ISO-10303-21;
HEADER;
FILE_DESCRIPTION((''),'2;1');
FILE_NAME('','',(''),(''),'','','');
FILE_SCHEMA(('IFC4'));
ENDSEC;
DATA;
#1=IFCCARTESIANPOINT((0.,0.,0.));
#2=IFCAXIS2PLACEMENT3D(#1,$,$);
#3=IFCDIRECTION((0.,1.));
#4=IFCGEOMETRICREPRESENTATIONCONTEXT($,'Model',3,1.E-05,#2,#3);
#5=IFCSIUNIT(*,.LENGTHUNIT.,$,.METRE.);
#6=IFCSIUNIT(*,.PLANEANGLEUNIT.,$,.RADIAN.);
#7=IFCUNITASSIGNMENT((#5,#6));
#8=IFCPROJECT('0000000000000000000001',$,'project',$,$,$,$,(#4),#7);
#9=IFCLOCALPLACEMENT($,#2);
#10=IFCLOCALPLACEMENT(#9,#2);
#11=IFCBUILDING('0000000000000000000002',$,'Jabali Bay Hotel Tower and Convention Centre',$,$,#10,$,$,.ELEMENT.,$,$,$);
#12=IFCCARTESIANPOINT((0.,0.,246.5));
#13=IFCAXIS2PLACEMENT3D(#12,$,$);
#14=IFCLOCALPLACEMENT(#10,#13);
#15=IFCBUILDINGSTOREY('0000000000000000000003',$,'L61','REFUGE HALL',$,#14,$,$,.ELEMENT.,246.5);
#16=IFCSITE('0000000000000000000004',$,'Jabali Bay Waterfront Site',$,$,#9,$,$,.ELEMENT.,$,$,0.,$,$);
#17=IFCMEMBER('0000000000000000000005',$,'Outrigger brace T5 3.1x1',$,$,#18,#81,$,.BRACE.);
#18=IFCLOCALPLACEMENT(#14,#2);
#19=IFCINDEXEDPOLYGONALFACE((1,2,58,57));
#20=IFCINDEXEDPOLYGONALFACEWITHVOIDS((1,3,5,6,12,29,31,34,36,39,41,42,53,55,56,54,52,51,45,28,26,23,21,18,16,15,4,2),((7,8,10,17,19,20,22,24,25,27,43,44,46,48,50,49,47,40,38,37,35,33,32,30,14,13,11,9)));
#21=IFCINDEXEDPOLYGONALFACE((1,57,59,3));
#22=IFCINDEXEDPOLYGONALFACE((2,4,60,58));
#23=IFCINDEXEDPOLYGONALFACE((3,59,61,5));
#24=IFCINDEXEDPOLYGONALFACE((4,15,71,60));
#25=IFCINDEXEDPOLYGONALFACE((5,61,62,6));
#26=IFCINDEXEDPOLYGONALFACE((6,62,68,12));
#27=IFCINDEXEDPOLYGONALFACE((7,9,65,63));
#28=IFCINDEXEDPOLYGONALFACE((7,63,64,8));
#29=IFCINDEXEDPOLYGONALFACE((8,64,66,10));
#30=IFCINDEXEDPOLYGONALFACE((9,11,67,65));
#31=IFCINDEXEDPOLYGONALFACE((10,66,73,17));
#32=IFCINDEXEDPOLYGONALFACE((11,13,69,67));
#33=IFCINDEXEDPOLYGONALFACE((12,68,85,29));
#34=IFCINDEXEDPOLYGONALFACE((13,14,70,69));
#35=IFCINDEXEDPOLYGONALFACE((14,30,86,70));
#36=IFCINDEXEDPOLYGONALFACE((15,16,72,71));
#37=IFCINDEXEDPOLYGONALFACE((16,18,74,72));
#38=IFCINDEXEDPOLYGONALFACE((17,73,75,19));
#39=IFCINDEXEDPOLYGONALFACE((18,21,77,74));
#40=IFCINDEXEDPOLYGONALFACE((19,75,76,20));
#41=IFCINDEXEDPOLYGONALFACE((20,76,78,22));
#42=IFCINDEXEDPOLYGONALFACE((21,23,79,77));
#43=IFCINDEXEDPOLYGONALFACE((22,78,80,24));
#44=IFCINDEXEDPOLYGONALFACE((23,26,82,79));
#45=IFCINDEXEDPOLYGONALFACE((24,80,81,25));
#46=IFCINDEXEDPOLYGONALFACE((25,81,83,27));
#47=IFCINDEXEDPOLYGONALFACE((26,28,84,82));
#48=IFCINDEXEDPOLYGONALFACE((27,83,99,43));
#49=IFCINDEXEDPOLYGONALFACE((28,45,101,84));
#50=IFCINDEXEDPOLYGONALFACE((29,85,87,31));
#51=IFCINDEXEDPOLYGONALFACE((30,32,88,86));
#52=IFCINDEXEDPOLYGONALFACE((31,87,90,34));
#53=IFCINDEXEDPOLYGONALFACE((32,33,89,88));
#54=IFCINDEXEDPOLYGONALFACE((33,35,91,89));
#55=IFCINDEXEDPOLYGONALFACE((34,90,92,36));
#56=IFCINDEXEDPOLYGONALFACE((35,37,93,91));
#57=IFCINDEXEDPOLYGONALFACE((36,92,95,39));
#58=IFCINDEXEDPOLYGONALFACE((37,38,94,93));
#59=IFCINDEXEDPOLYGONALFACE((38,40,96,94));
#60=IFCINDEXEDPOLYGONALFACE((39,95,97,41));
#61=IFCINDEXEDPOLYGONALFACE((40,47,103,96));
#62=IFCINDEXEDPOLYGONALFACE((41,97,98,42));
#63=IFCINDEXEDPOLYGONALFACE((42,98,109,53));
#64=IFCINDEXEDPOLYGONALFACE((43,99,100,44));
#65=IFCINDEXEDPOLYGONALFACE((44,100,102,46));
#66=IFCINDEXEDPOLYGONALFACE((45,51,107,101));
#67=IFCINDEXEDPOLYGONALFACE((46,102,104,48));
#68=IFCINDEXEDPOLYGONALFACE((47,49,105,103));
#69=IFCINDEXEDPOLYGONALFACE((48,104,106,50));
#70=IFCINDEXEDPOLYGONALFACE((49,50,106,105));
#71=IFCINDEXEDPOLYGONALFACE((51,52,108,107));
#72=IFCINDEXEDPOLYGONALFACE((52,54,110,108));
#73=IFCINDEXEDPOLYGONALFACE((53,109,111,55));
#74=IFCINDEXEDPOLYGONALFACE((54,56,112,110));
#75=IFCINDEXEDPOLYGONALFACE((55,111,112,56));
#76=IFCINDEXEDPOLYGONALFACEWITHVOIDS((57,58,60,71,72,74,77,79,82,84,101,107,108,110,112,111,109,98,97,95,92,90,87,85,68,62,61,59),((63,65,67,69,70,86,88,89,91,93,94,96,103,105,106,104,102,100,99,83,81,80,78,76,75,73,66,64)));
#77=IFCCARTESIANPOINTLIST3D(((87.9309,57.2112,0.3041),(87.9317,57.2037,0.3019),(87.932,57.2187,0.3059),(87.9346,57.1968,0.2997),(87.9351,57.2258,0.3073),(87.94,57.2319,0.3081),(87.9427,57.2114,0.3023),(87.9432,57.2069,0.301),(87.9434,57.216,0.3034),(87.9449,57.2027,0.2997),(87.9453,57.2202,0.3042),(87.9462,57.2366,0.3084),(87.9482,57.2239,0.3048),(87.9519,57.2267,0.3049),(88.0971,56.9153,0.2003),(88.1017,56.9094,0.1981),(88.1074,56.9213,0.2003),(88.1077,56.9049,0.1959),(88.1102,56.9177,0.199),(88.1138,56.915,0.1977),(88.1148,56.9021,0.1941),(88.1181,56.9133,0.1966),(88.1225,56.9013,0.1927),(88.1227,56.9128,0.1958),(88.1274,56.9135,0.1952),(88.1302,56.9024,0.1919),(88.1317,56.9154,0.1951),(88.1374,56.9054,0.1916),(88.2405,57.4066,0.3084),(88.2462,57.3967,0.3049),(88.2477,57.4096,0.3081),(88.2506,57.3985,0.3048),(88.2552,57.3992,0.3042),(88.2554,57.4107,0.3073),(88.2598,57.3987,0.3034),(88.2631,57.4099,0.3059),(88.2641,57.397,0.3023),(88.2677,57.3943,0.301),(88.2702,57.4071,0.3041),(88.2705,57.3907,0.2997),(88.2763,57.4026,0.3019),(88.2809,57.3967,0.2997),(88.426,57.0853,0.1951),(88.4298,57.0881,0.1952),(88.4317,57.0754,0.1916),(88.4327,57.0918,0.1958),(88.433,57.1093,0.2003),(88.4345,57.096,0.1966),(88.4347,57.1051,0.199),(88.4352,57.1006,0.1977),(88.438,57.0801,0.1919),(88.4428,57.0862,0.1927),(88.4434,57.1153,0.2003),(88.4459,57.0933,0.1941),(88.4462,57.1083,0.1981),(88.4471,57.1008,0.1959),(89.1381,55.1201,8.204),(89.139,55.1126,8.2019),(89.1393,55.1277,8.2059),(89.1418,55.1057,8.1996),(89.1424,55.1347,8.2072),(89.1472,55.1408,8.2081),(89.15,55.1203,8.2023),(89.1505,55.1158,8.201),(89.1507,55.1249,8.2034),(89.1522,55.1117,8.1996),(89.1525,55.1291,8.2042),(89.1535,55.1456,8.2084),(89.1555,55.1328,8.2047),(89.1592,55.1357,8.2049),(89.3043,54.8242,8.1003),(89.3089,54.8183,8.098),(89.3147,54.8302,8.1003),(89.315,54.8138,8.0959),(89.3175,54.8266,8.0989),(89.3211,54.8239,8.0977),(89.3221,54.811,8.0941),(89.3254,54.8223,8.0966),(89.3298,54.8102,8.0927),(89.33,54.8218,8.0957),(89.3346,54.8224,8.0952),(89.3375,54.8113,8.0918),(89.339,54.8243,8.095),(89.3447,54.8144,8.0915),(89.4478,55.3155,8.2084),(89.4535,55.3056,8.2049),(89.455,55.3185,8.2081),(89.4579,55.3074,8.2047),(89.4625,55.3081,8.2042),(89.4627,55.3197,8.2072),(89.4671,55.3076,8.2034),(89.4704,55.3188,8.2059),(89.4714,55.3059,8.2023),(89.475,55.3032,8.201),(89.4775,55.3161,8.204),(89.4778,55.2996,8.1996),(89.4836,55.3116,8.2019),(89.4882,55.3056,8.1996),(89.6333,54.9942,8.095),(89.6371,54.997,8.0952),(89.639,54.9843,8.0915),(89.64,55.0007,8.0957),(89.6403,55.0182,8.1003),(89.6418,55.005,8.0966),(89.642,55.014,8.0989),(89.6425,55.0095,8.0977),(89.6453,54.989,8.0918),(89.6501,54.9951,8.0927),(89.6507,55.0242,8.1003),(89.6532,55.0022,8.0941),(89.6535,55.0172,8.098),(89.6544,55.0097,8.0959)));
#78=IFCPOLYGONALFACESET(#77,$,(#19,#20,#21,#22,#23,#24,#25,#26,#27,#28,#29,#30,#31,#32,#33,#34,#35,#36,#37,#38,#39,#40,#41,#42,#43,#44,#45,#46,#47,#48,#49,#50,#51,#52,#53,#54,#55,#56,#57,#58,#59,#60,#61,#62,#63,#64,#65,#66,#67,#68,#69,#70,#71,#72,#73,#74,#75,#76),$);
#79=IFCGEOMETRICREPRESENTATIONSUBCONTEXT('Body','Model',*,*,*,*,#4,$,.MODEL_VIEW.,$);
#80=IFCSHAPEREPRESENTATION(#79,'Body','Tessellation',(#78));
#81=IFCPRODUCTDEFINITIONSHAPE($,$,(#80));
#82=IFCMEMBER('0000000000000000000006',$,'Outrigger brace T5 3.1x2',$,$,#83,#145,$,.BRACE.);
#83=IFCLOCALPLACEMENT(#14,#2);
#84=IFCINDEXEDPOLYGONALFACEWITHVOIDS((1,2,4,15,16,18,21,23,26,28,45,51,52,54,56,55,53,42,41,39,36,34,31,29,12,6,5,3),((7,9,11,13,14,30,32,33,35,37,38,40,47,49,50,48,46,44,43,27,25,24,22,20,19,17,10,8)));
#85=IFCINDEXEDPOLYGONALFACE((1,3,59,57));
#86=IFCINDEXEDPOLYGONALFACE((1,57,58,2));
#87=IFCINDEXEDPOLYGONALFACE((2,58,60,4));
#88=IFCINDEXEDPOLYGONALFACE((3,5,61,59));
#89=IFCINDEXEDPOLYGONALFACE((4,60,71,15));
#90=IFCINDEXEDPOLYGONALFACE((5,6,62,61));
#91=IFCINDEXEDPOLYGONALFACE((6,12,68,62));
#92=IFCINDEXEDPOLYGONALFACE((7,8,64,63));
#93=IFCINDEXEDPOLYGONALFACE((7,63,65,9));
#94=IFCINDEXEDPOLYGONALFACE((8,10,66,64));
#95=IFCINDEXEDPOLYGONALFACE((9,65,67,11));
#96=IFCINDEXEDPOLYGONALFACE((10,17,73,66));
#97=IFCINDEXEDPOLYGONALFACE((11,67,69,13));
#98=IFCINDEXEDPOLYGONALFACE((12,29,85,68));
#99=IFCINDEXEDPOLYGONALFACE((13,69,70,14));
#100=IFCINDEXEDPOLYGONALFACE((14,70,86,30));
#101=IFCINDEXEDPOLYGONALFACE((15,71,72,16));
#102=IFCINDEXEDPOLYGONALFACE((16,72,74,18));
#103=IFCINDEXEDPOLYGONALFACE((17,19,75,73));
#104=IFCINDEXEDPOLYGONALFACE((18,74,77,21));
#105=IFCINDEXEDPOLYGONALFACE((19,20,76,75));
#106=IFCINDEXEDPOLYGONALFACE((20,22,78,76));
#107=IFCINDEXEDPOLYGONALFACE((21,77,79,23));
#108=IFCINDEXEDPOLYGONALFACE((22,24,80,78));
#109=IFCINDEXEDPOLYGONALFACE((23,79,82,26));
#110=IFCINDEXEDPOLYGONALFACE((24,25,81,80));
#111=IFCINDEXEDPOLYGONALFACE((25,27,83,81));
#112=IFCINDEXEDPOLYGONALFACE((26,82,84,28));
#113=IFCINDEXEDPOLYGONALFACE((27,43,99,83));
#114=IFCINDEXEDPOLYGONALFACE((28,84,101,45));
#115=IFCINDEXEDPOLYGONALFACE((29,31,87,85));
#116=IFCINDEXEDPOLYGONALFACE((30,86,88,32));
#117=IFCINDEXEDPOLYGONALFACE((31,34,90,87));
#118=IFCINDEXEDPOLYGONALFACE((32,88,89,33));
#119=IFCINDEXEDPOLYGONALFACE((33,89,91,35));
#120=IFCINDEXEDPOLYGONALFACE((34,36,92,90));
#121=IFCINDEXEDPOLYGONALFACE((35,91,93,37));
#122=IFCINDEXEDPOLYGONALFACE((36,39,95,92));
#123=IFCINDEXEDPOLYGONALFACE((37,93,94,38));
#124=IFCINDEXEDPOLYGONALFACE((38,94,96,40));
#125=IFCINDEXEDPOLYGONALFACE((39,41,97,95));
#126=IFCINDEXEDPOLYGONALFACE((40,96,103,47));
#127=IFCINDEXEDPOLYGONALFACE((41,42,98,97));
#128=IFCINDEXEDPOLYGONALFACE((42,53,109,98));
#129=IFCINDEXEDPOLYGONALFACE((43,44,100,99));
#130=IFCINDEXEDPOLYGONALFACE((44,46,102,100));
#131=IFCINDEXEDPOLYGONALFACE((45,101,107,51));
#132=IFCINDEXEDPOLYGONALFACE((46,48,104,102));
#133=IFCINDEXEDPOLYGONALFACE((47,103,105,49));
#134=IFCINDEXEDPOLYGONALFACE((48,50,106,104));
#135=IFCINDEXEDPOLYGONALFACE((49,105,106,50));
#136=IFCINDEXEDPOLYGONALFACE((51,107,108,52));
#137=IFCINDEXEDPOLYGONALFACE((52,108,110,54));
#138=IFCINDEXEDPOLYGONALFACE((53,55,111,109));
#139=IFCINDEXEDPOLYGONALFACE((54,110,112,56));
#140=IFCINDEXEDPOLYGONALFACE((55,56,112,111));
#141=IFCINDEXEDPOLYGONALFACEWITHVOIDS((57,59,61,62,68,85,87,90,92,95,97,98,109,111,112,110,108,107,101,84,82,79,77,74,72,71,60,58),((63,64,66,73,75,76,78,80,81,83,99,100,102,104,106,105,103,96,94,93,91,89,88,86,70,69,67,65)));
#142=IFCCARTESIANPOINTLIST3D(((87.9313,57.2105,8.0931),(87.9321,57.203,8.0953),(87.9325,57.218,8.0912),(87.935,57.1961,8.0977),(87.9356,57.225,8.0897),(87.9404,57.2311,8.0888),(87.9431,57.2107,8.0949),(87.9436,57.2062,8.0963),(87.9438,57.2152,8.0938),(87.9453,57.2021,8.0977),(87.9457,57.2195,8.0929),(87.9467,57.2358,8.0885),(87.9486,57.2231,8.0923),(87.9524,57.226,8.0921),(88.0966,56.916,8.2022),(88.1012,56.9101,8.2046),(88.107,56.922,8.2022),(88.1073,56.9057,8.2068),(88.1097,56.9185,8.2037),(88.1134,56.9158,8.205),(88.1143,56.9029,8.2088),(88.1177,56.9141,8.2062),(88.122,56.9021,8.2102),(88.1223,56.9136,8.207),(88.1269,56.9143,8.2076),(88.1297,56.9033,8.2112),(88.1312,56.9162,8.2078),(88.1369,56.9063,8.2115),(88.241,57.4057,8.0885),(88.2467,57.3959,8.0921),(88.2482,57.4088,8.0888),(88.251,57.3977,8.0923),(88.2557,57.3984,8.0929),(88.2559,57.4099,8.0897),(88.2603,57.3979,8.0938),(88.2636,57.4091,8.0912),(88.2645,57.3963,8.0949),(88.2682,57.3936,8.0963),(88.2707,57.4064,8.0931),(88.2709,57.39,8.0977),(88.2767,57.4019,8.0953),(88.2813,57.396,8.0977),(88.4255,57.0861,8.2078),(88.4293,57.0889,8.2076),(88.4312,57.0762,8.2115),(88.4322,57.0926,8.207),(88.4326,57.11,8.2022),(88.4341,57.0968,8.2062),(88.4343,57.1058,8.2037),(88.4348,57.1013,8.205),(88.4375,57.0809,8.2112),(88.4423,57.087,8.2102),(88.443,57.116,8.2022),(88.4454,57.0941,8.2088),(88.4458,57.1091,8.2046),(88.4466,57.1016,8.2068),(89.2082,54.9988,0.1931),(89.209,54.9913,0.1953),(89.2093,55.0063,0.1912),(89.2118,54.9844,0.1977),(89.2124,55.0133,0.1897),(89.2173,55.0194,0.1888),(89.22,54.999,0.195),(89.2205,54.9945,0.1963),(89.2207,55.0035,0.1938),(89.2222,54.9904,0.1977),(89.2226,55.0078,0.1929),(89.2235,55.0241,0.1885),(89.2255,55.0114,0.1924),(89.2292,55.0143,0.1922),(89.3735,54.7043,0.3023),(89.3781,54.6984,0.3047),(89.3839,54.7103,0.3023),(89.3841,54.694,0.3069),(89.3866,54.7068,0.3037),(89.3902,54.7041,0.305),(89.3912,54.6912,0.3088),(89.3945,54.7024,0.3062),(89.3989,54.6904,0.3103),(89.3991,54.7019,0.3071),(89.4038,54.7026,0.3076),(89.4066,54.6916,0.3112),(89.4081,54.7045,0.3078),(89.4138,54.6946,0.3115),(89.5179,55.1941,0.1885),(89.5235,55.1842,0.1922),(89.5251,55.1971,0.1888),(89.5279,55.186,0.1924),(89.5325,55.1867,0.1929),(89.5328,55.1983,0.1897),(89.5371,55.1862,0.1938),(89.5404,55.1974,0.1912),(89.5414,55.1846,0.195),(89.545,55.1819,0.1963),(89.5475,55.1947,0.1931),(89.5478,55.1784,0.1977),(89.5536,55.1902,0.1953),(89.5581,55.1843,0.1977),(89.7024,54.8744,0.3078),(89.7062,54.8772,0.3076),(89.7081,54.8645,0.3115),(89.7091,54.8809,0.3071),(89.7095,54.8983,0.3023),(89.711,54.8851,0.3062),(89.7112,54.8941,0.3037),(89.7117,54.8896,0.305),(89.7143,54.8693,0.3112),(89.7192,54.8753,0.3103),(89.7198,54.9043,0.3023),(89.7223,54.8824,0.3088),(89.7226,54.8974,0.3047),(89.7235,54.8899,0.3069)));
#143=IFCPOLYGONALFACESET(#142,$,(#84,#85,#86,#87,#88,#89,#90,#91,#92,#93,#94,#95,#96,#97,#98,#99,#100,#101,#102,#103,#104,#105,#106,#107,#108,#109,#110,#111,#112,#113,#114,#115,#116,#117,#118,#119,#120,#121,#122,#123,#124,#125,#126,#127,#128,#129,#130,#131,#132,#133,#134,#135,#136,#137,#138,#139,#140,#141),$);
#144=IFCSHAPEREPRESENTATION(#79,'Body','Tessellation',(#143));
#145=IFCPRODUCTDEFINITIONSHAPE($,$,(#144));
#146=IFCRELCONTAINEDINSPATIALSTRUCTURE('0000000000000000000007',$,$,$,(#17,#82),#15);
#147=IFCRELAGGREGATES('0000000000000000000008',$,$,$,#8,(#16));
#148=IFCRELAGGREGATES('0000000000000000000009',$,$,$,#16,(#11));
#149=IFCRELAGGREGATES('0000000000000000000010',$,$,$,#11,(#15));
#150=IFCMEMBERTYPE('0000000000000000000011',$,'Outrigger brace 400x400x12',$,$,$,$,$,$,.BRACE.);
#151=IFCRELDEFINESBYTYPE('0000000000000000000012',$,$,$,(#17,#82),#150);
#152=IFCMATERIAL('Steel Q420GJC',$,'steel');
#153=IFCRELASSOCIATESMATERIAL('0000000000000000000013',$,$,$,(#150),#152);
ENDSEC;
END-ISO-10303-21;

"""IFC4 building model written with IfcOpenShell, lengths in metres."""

from ifc_helpers import new_model, si_unit, direction, frame, origin, origin_2d, place, context, subcontext, project, spatial, hollow_rectangle, extrude, material, material_profile, profile_set, type_object, element, save


model = new_model("IFC4")

# Units and contexts
model_context = context("Model", 3, precision=1e-05, world=origin(), true_north=direction((0.0, 1.0)))
body_context = subcontext(model_context, "Body", "Model", "MODEL_VIEW")
ifc_project = project(units=[si_unit("LENGTHUNIT", "METRE"), si_unit("PLANEANGLEUNIT", "RADIAN")], contexts=[model_context])

# Site, building, storey
site_placement = place(None, origin())
site = spatial("IfcSite", under=ifc_project, at=site_placement, Name="Jabali Bay Waterfront Site", CompositionType="ELEMENT", RefElevation=0.0)
building_placement = place(site_placement, origin())
building = spatial("IfcBuilding", under=site, at=building_placement, Name="Jabali Bay Hotel Tower and Convention Centre", CompositionType="ELEMENT")
storey_placement = place(building_placement, frame((0.0, 0.0, 246.5)))
storey = spatial("IfcBuildingStorey", under=building, at=storey_placement, Name="L61", Description="REFUGE HALL", CompositionType="ELEMENT", Elevation=246.5)

# Members
ifc_material_1 = material(Name="Steel Q420GJC", Category="steel")
ifc_material_profile_1 = material_profile(ifc_material_1, hollow_rectangle(XDim=0.3999, YDim=0.3999, WallThickness=0.012, InnerFilletRadius=0.0181, OuterFilletRadius=0.03, at=origin_2d()), Name="Outrigger brace 400x400x12")
ifc_profile_set_1 = profile_set([ifc_material_profile_1], Name="Steel Q420GJC")
member_type_1 = type_object("IfcMemberType", Name="Outrigger brace 400x400x12", PredefinedType="BRACE", material=ifc_profile_set_1)
member_1_placement = place(storey_placement, frame((88.189, 57.156, 0.25), z_axis=(0.146148, -0.253135, 0.956328), x_axis=(0.866026, 0.5, 0.0)))
element("IfcMember", 1, at=member_1_placement, inside=storey, type_object=member_type_1, Name="Outrigger brace T5 3.1x1", PredefinedType="BRACE", context=body_context, shape_type="SweptSolid", body=[
    extrude(hollow_rectangle(XDim=0.3999, YDim=0.3999, WallThickness=0.012, InnerFilletRadius=0.0181, OuterFilletRadius=0.03, at=origin_2d()), origin(), (0.0, 0.0, 1.0), 8.2607),
])
member_2_placement = place(storey_placement, frame((89.4658, 54.9443, 0.25), z_axis=(-0.153793, 0.266388, 0.951517), x_axis=(-0.866034, -0.499985, 0.0)))
element("IfcMember", 2, at=member_2_placement, inside=storey, type_object=member_type_1, Name="Outrigger brace T5 3.1x2", PredefinedType="BRACE", context=body_context, shape_type="SweptSolid", body=[
    extrude(hollow_rectangle(XDim=0.3999, YDim=0.3999, WallThickness=0.012, InnerFilletRadius=0.0181, OuterFilletRadius=0.03, at=origin_2d()), origin(), (0.0, 0.0, 1.0), 8.3025),
])

save(model, "model.ifc")
